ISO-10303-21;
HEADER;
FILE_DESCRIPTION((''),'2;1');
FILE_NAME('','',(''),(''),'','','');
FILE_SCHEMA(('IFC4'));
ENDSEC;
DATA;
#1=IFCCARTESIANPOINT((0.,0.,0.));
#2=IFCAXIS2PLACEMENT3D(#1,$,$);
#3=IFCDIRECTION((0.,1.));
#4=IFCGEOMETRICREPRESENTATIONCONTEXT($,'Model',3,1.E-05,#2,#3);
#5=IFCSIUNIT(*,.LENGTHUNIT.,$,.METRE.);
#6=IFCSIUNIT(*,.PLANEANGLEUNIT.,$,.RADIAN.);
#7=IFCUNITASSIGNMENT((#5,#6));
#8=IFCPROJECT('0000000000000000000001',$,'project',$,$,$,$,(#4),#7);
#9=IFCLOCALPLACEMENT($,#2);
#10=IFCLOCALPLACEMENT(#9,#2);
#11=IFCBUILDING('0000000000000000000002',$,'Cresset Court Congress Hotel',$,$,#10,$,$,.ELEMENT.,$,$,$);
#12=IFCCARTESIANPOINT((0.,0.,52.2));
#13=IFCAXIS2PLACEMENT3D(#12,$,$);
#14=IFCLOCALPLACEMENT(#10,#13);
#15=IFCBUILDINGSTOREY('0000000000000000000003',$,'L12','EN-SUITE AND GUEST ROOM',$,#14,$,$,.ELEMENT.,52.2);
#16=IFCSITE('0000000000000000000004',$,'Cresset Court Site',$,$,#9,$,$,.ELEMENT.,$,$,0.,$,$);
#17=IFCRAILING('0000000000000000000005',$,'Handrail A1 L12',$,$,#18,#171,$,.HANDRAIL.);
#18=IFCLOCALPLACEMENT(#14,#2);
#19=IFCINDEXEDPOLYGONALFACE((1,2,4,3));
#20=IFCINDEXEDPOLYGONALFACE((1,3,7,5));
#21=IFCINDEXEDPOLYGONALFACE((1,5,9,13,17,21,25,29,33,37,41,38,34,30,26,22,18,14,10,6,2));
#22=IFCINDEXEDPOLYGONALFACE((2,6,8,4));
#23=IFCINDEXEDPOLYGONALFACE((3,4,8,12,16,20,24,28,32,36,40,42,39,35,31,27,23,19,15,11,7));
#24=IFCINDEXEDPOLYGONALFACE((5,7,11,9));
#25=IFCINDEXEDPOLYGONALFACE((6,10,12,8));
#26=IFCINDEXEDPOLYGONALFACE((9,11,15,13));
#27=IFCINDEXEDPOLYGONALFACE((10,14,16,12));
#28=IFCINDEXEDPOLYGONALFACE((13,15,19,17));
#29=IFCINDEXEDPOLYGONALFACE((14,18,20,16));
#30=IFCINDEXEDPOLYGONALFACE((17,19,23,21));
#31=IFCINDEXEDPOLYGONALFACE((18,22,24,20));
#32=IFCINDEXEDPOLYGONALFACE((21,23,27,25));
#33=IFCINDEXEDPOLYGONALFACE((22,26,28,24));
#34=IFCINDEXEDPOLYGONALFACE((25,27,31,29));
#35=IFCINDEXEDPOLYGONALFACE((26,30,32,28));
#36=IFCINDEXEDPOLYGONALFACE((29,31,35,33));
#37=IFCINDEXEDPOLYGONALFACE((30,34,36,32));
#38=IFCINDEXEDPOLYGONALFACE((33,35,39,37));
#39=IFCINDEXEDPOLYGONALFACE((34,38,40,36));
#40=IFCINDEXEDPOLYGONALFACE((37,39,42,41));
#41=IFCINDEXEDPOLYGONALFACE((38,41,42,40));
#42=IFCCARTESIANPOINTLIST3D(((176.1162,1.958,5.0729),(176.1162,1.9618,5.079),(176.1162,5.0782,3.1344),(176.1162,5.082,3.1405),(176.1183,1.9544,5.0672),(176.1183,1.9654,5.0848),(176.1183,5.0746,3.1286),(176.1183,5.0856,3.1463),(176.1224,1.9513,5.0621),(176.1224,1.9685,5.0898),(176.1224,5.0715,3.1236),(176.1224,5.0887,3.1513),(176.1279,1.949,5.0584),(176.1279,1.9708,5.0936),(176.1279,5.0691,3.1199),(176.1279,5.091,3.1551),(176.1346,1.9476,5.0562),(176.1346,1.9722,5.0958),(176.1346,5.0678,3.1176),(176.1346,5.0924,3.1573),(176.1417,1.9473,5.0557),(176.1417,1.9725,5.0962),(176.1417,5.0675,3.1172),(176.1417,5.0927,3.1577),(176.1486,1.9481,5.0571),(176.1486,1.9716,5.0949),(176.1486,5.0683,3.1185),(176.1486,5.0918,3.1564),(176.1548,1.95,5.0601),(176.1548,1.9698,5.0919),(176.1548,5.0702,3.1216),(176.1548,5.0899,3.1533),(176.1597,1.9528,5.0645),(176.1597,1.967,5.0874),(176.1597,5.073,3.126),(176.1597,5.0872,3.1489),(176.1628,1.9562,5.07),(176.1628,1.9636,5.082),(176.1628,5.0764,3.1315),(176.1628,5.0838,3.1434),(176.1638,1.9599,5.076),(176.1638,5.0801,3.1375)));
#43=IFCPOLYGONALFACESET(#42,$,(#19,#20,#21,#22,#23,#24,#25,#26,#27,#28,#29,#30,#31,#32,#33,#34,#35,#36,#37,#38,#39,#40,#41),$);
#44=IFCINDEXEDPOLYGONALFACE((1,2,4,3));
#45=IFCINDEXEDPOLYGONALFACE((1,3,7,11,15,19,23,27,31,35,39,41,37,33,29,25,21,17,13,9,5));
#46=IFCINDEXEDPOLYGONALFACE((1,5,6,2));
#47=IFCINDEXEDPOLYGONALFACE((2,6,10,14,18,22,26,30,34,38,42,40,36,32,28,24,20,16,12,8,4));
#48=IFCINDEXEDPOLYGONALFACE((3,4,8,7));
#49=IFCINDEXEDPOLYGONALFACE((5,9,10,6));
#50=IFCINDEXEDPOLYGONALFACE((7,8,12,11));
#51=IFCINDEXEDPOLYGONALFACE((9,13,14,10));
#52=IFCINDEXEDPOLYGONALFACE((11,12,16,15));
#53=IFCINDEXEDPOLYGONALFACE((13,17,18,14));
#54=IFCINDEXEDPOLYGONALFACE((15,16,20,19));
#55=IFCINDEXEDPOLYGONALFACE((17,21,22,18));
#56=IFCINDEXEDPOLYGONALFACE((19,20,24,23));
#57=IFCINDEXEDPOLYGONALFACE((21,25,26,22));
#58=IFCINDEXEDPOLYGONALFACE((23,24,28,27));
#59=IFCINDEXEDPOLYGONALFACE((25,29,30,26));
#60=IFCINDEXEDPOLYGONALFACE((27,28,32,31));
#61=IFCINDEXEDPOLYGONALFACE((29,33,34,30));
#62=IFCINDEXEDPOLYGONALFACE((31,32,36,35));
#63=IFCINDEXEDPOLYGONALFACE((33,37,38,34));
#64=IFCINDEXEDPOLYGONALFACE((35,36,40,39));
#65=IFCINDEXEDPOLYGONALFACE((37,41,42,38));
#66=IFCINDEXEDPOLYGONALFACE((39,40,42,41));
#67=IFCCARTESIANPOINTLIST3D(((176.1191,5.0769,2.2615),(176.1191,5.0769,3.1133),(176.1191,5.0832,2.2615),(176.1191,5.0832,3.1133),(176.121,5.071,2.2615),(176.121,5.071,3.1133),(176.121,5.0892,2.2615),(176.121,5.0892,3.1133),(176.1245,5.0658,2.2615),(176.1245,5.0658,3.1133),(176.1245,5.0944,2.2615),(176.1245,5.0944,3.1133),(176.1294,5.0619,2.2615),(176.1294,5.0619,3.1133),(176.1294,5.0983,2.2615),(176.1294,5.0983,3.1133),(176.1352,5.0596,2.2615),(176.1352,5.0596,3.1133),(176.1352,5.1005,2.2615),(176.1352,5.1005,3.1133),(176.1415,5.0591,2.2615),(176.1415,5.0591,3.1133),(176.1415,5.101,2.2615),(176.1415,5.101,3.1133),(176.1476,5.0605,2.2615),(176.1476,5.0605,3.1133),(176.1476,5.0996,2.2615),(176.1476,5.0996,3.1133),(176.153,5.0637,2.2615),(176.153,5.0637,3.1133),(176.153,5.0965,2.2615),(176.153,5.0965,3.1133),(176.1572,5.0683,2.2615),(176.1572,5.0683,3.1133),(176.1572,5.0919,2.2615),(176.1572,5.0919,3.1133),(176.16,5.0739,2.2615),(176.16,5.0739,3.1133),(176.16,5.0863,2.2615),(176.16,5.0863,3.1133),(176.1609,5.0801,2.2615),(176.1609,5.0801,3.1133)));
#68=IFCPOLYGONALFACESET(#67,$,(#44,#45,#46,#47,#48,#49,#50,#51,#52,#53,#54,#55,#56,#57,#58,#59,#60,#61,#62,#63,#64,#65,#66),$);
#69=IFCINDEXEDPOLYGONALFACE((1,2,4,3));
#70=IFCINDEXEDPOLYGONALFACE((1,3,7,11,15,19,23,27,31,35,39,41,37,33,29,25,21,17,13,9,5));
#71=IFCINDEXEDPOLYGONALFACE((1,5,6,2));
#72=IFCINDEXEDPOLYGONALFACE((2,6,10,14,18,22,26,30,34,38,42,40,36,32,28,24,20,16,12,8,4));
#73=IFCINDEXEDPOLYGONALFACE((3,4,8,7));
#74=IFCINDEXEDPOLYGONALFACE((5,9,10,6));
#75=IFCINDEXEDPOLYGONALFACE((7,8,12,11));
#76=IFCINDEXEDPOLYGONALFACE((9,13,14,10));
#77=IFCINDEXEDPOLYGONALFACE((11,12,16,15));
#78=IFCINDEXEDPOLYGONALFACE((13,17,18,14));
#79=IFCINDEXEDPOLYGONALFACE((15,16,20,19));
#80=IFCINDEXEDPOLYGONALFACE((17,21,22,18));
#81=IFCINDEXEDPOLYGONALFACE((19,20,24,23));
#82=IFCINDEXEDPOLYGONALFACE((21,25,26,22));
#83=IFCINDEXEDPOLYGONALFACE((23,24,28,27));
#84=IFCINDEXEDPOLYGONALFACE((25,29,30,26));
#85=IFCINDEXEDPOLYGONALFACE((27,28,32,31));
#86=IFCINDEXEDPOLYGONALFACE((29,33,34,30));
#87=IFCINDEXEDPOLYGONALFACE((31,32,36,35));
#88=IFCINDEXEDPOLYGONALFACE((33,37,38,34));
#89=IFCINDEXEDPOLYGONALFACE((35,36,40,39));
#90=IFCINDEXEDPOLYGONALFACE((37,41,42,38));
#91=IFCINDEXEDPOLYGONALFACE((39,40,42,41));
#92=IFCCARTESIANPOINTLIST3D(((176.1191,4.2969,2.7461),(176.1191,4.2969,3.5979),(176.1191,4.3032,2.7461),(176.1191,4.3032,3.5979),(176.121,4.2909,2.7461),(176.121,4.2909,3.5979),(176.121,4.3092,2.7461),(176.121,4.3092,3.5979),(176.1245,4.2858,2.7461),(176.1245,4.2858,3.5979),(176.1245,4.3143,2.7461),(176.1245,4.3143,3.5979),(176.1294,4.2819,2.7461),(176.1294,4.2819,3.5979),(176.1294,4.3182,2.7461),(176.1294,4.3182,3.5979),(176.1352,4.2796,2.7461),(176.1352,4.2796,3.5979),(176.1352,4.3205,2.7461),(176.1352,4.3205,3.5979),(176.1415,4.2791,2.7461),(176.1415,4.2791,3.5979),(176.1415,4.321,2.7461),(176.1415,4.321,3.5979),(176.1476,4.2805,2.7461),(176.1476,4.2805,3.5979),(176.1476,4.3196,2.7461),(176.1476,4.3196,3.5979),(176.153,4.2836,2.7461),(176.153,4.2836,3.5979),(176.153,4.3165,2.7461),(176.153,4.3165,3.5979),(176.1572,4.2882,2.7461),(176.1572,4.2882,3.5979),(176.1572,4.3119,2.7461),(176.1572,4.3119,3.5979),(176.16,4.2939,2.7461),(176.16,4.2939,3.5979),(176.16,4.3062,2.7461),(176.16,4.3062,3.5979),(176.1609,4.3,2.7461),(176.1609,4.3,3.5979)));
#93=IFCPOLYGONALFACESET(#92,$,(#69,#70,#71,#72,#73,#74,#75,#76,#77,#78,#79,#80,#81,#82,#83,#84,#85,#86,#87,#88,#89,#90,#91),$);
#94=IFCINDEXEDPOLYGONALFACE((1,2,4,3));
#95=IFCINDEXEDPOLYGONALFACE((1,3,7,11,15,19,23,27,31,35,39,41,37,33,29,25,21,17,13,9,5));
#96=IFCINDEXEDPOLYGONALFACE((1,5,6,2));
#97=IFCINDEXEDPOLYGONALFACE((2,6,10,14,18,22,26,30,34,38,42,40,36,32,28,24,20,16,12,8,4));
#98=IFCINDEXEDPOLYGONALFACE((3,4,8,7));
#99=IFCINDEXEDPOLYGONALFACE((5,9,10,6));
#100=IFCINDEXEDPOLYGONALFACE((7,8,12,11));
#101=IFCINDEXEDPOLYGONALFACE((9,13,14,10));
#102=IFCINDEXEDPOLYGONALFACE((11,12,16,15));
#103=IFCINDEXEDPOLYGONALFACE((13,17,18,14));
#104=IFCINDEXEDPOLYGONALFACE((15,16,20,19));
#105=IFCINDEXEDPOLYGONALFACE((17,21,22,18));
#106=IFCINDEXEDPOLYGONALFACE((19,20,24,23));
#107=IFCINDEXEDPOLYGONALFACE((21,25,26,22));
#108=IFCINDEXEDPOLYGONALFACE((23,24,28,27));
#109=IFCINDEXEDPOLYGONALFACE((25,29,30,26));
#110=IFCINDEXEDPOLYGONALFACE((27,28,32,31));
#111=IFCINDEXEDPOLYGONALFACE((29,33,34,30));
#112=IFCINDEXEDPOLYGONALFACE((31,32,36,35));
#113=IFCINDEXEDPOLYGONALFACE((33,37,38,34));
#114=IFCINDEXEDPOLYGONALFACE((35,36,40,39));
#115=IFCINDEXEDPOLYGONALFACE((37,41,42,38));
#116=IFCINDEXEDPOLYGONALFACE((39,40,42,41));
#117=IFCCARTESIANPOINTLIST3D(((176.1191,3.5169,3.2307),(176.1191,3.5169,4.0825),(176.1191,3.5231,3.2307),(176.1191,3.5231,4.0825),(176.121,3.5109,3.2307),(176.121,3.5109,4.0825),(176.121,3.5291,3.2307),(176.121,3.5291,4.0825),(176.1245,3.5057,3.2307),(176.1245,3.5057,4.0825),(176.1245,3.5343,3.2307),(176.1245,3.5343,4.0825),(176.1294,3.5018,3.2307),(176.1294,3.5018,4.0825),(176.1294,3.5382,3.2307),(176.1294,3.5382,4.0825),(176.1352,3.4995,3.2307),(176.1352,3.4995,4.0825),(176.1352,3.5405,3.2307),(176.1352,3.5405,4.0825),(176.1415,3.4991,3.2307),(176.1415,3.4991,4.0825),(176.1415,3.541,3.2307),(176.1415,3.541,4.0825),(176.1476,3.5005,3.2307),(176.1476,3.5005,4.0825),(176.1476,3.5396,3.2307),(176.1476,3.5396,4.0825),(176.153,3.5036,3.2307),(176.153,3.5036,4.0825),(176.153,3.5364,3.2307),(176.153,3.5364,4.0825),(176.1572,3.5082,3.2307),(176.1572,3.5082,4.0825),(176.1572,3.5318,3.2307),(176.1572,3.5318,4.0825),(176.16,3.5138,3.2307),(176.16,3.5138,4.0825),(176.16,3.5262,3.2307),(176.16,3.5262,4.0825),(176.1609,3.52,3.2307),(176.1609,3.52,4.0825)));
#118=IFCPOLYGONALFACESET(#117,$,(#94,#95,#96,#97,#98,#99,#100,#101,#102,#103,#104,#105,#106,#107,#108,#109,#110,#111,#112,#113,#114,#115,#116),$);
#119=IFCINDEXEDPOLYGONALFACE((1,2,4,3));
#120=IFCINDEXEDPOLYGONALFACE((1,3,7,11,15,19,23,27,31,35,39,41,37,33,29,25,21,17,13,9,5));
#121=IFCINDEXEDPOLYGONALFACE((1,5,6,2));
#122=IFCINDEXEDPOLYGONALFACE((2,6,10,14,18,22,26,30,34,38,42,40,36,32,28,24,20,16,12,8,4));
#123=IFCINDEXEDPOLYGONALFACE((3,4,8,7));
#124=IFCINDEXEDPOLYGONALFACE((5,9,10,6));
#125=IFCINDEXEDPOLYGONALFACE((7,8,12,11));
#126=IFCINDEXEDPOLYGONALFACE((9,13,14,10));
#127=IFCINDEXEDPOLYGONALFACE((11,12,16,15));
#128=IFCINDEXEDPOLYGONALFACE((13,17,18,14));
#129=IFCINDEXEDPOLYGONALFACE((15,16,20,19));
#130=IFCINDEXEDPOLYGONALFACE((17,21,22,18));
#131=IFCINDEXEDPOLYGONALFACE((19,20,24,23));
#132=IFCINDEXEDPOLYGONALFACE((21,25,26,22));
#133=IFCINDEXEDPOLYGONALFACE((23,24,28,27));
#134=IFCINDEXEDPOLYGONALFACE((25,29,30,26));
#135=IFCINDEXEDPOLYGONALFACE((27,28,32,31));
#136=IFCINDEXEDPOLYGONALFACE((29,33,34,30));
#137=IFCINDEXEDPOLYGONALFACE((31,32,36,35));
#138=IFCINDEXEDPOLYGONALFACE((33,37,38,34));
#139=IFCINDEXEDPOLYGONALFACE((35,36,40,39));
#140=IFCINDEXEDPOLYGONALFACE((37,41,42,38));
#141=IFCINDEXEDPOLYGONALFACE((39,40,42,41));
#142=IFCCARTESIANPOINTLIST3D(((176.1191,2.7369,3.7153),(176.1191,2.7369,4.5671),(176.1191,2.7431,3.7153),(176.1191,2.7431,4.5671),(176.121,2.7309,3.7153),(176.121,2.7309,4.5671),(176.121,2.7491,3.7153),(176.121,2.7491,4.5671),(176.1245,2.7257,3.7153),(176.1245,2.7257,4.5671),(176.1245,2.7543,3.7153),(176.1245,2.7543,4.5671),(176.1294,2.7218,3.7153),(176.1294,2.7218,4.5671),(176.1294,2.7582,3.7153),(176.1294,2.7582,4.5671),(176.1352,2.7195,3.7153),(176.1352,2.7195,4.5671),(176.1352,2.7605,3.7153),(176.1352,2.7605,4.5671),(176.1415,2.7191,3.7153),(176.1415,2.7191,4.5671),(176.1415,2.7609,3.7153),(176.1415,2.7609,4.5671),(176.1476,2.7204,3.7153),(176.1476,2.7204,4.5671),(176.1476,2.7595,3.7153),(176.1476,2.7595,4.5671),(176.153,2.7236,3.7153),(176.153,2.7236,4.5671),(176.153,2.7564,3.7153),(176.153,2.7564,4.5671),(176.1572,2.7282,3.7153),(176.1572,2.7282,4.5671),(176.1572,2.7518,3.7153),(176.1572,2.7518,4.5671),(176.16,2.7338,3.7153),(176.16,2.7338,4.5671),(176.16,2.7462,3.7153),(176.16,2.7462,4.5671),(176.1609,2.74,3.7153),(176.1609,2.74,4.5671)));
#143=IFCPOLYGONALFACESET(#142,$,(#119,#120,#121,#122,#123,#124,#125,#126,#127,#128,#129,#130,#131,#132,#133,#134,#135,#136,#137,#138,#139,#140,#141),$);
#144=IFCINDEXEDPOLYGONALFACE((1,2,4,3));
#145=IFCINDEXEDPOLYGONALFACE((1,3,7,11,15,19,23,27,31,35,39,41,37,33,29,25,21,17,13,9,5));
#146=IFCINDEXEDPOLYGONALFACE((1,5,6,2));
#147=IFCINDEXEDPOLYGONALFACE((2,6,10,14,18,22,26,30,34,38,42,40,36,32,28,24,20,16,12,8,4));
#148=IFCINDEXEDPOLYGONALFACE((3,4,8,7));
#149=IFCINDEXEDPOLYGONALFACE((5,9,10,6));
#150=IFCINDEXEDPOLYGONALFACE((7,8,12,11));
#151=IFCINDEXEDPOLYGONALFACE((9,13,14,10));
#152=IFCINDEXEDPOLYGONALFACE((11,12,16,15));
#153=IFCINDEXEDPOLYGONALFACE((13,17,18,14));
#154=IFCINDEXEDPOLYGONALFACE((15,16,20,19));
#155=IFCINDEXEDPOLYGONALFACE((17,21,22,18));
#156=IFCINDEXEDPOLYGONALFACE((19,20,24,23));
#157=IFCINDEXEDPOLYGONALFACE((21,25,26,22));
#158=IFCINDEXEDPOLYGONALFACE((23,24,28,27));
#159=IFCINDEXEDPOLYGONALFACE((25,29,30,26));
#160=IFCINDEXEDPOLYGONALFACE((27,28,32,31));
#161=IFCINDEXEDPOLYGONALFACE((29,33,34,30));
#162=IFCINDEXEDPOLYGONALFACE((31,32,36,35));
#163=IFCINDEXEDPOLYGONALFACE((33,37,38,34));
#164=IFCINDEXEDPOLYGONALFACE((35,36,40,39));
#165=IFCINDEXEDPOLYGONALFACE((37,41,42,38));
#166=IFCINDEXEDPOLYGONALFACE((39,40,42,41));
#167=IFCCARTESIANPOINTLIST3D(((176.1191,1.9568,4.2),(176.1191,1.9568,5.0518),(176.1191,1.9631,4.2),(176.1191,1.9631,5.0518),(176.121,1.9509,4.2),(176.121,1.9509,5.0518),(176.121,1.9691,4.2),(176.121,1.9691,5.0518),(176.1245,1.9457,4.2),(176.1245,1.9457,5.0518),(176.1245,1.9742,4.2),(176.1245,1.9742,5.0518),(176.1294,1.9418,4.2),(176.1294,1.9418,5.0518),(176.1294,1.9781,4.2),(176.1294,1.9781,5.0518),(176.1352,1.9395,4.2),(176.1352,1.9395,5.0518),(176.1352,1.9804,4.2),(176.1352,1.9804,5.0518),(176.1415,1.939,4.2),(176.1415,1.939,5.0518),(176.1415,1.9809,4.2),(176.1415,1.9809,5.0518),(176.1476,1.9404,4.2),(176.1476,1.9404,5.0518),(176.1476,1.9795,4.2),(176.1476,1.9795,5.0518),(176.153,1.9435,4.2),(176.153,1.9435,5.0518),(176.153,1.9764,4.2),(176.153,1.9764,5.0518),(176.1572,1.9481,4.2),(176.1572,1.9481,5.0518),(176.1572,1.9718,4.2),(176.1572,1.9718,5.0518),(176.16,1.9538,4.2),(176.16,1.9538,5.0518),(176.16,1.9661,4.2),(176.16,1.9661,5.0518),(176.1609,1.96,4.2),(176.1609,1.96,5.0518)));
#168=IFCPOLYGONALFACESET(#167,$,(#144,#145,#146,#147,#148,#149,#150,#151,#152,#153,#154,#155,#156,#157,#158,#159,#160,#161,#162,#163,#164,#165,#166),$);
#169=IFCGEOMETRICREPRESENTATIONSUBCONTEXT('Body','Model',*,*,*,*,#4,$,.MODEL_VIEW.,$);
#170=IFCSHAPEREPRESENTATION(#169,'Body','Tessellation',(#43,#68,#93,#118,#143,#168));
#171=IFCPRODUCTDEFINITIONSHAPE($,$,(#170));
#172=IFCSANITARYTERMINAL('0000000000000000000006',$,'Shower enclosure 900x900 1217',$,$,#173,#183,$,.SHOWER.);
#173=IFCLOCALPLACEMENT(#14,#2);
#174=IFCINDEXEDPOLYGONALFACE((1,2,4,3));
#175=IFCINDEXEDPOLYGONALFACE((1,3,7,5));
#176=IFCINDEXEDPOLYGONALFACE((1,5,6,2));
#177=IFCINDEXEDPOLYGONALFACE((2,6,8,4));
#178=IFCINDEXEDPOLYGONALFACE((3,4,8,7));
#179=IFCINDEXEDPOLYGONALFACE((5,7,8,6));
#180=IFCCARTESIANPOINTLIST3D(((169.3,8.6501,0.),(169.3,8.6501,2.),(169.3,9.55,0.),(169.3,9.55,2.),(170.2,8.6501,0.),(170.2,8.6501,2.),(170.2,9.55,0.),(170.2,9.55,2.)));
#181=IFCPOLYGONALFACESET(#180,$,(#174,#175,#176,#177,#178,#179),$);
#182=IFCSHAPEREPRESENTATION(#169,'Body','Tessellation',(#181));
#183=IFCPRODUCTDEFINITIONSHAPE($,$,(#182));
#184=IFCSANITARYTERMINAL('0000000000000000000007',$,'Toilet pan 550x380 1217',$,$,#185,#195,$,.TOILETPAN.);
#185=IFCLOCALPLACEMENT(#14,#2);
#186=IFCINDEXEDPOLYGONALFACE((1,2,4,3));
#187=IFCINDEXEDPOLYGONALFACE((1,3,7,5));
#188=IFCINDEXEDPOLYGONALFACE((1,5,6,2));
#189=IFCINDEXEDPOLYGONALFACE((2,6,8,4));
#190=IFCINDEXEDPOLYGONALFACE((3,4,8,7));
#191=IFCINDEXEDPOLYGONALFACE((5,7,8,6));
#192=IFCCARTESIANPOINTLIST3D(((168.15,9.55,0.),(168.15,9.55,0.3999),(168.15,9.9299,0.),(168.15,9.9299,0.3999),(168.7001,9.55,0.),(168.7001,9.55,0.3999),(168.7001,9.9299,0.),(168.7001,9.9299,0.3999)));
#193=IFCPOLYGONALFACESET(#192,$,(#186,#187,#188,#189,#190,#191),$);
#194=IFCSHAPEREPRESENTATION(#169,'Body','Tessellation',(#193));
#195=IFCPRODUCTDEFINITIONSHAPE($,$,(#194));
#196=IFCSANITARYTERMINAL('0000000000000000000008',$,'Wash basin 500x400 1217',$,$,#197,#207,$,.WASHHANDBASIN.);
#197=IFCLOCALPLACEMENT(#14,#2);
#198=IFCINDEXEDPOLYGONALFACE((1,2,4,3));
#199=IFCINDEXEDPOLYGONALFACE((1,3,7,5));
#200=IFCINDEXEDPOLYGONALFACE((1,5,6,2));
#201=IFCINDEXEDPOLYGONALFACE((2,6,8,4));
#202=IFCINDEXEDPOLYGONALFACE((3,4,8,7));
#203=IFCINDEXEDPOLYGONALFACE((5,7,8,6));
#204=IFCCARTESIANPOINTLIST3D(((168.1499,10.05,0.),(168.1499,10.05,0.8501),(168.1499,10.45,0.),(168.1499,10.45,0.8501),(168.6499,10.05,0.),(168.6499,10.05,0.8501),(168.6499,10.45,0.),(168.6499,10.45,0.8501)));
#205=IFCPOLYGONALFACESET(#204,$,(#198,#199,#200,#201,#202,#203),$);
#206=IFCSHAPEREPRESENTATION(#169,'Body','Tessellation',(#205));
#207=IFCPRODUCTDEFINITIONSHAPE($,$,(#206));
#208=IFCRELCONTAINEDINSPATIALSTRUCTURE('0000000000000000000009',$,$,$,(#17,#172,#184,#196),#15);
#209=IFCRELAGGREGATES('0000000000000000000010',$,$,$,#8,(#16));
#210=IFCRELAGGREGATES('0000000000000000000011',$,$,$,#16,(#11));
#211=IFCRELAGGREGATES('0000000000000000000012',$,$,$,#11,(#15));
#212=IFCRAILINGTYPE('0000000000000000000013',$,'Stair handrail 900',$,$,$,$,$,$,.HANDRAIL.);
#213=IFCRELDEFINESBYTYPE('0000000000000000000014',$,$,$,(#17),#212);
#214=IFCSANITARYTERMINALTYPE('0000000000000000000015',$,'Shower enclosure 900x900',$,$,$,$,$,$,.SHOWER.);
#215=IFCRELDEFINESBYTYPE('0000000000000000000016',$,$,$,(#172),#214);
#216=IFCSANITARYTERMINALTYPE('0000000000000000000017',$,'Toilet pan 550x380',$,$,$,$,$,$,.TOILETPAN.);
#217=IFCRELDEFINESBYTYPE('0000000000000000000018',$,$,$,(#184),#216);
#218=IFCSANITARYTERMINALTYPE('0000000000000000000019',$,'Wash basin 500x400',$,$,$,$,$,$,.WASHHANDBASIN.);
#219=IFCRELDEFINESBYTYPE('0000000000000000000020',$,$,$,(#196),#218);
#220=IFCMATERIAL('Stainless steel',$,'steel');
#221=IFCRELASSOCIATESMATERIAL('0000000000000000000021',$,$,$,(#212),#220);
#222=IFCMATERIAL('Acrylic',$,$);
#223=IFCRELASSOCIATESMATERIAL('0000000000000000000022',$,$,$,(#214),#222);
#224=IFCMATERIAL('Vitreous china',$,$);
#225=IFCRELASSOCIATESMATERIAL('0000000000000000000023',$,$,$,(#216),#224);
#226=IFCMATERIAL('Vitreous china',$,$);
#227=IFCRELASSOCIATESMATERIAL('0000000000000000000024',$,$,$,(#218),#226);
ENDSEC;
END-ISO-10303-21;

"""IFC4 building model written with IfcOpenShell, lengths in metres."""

from ifc_helpers import new_model, si_unit, direction, frame, origin, origin_2d, place, context, subcontext, project, spatial, rectangle, circle, extrude, material, type_object, element, save


model = new_model("IFC4")

# Units and contexts
model_context = context("Model", 3, precision=1e-05, world=origin(), true_north=direction((0.0, 1.0)))
body_context = subcontext(model_context, "Body", "Model", "MODEL_VIEW")
ifc_project = project(units=[si_unit("LENGTHUNIT", "METRE"), si_unit("PLANEANGLEUNIT", "RADIAN")], contexts=[model_context])

# Site, building, storey
site_placement = place(None, origin())
site = spatial("IfcSite", under=ifc_project, at=site_placement, Name="Cresset Court Site", CompositionType="ELEMENT", RefElevation=0.0)
building_placement = place(site_placement, origin())
building = spatial("IfcBuilding", under=site, at=building_placement, Name="Cresset Court Congress Hotel", CompositionType="ELEMENT")
storey_placement = place(building_placement, frame((0.0, 0.0, 52.2)))
storey = spatial("IfcBuildingStorey", under=building, at=storey_placement, Name="L12", Description="EN-SUITE AND GUEST ROOM", CompositionType="ELEMENT", Elevation=52.2)

# Railing
ifc_material_1 = material(Name="Stainless steel", Category="steel")
railing_type_1 = type_object("IfcRailingType", Name="Stair handrail 900", PredefinedType="HANDRAIL", material=ifc_material_1)
for number, where, name in (
    (1, (176.1399, 5.0801, 2.2615), "Handrail A1 L12"),
):
    element("IfcRailing", number, at=place(storey_placement, frame(where)), inside=storey, type_object=railing_type_1, Name=name, PredefinedType="HANDRAIL", context=body_context, shape_type="SweptSolid", body=[
        extrude(circle(Radius=0.0239, at=origin_2d()), frame((0.0, 0.0, 0.876), z_axis=(0.0, -0.849414, 0.527727), x_axis=(1.0, 0.0, 0.0)), (0.0, 0.0, 1.0), 3.6733),
        extrude(circle(Radius=0.021, at=origin_2d()), origin(), (0.0, 0.0, 1.0), 0.8518),
        extrude(circle(Radius=0.021, at=origin_2d()), frame((0.0, -0.78, 0.4846)), (0.0, 0.0, 1.0), 0.8518),
        extrude(circle(Radius=0.021, at=origin_2d()), frame((0.0, -1.5601, 0.9692)), (0.0, 0.0, 1.0), 0.8518),
        extrude(circle(Radius=0.021, at=origin_2d()), frame((0.0, -2.3401, 1.4539)), (0.0, 0.0, 1.0), 0.8518),
        extrude(circle(Radius=0.021, at=origin_2d()), frame((0.0, -3.1201, 1.9385)), (0.0, 0.0, 1.0), 0.8518),
    ])

# Sanitary terminals
ifc_material_2 = material(Name="Acrylic")
sanitary_terminal_type_1 = type_object("IfcSanitaryTerminalType", Name="Shower enclosure 900x900", PredefinedType="SHOWER", material=ifc_material_2)
sanitary_terminal_1_placement = place(storey_placement, frame((169.75, 9.1001, 0.0), z_axis=(0.0, 0.0, 1.0), x_axis=(1.0, 0.0, 0.0)))
element("IfcSanitaryTerminal", 2, at=sanitary_terminal_1_placement, inside=storey, type_object=sanitary_terminal_type_1, Name="Shower enclosure 900x900 1217", PredefinedType="SHOWER", context=body_context, shape_type="SweptSolid", body=[
    extrude(rectangle(XDim=0.8999, YDim=0.8999, at=origin_2d()), origin(), (0.0, 0.0, 1.0), 2.0),
])
ifc_material_3 = material(Name="Vitreous china")
sanitary_terminal_type_2 = type_object("IfcSanitaryTerminalType", Name="Toilet pan 550x380", PredefinedType="TOILETPAN", material=ifc_material_3)
sanitary_terminal_2_placement = place(storey_placement, frame((168.425, 9.74, 0.0), z_axis=(0.0, 0.0, 1.0), x_axis=(1.0, 0.0, 0.0)))
element("IfcSanitaryTerminal", 3, at=sanitary_terminal_2_placement, inside=storey, type_object=sanitary_terminal_type_2, Name="Toilet pan 550x380 1217", PredefinedType="TOILETPAN", context=body_context, shape_type="SweptSolid", body=[
    extrude(rectangle(XDim=0.55, YDim=0.3799, at=origin_2d()), origin(), (0.0, 0.0, 1.0), 0.3999),
])
ifc_material_4 = material(Name="Vitreous china")
sanitary_terminal_type_3 = type_object("IfcSanitaryTerminalType", Name="Wash basin 500x400", PredefinedType="WASHHANDBASIN", material=ifc_material_4)
sanitary_terminal_3_placement = place(storey_placement, frame((168.3999, 10.25, 0.0), z_axis=(0.0, 0.0, 1.0), x_axis=(1.0, 0.0, 0.0)))
element("IfcSanitaryTerminal", 4, at=sanitary_terminal_3_placement, inside=storey, type_object=sanitary_terminal_type_3, Name="Wash basin 500x400 1217", PredefinedType="WASHHANDBASIN", context=body_context, shape_type="SweptSolid", body=[
    extrude(rectangle(XDim=0.5, YDim=0.3999, at=origin_2d()), origin(), (0.0, 0.0, 1.0), 0.8501),
])

save(model, "model.ifc")
